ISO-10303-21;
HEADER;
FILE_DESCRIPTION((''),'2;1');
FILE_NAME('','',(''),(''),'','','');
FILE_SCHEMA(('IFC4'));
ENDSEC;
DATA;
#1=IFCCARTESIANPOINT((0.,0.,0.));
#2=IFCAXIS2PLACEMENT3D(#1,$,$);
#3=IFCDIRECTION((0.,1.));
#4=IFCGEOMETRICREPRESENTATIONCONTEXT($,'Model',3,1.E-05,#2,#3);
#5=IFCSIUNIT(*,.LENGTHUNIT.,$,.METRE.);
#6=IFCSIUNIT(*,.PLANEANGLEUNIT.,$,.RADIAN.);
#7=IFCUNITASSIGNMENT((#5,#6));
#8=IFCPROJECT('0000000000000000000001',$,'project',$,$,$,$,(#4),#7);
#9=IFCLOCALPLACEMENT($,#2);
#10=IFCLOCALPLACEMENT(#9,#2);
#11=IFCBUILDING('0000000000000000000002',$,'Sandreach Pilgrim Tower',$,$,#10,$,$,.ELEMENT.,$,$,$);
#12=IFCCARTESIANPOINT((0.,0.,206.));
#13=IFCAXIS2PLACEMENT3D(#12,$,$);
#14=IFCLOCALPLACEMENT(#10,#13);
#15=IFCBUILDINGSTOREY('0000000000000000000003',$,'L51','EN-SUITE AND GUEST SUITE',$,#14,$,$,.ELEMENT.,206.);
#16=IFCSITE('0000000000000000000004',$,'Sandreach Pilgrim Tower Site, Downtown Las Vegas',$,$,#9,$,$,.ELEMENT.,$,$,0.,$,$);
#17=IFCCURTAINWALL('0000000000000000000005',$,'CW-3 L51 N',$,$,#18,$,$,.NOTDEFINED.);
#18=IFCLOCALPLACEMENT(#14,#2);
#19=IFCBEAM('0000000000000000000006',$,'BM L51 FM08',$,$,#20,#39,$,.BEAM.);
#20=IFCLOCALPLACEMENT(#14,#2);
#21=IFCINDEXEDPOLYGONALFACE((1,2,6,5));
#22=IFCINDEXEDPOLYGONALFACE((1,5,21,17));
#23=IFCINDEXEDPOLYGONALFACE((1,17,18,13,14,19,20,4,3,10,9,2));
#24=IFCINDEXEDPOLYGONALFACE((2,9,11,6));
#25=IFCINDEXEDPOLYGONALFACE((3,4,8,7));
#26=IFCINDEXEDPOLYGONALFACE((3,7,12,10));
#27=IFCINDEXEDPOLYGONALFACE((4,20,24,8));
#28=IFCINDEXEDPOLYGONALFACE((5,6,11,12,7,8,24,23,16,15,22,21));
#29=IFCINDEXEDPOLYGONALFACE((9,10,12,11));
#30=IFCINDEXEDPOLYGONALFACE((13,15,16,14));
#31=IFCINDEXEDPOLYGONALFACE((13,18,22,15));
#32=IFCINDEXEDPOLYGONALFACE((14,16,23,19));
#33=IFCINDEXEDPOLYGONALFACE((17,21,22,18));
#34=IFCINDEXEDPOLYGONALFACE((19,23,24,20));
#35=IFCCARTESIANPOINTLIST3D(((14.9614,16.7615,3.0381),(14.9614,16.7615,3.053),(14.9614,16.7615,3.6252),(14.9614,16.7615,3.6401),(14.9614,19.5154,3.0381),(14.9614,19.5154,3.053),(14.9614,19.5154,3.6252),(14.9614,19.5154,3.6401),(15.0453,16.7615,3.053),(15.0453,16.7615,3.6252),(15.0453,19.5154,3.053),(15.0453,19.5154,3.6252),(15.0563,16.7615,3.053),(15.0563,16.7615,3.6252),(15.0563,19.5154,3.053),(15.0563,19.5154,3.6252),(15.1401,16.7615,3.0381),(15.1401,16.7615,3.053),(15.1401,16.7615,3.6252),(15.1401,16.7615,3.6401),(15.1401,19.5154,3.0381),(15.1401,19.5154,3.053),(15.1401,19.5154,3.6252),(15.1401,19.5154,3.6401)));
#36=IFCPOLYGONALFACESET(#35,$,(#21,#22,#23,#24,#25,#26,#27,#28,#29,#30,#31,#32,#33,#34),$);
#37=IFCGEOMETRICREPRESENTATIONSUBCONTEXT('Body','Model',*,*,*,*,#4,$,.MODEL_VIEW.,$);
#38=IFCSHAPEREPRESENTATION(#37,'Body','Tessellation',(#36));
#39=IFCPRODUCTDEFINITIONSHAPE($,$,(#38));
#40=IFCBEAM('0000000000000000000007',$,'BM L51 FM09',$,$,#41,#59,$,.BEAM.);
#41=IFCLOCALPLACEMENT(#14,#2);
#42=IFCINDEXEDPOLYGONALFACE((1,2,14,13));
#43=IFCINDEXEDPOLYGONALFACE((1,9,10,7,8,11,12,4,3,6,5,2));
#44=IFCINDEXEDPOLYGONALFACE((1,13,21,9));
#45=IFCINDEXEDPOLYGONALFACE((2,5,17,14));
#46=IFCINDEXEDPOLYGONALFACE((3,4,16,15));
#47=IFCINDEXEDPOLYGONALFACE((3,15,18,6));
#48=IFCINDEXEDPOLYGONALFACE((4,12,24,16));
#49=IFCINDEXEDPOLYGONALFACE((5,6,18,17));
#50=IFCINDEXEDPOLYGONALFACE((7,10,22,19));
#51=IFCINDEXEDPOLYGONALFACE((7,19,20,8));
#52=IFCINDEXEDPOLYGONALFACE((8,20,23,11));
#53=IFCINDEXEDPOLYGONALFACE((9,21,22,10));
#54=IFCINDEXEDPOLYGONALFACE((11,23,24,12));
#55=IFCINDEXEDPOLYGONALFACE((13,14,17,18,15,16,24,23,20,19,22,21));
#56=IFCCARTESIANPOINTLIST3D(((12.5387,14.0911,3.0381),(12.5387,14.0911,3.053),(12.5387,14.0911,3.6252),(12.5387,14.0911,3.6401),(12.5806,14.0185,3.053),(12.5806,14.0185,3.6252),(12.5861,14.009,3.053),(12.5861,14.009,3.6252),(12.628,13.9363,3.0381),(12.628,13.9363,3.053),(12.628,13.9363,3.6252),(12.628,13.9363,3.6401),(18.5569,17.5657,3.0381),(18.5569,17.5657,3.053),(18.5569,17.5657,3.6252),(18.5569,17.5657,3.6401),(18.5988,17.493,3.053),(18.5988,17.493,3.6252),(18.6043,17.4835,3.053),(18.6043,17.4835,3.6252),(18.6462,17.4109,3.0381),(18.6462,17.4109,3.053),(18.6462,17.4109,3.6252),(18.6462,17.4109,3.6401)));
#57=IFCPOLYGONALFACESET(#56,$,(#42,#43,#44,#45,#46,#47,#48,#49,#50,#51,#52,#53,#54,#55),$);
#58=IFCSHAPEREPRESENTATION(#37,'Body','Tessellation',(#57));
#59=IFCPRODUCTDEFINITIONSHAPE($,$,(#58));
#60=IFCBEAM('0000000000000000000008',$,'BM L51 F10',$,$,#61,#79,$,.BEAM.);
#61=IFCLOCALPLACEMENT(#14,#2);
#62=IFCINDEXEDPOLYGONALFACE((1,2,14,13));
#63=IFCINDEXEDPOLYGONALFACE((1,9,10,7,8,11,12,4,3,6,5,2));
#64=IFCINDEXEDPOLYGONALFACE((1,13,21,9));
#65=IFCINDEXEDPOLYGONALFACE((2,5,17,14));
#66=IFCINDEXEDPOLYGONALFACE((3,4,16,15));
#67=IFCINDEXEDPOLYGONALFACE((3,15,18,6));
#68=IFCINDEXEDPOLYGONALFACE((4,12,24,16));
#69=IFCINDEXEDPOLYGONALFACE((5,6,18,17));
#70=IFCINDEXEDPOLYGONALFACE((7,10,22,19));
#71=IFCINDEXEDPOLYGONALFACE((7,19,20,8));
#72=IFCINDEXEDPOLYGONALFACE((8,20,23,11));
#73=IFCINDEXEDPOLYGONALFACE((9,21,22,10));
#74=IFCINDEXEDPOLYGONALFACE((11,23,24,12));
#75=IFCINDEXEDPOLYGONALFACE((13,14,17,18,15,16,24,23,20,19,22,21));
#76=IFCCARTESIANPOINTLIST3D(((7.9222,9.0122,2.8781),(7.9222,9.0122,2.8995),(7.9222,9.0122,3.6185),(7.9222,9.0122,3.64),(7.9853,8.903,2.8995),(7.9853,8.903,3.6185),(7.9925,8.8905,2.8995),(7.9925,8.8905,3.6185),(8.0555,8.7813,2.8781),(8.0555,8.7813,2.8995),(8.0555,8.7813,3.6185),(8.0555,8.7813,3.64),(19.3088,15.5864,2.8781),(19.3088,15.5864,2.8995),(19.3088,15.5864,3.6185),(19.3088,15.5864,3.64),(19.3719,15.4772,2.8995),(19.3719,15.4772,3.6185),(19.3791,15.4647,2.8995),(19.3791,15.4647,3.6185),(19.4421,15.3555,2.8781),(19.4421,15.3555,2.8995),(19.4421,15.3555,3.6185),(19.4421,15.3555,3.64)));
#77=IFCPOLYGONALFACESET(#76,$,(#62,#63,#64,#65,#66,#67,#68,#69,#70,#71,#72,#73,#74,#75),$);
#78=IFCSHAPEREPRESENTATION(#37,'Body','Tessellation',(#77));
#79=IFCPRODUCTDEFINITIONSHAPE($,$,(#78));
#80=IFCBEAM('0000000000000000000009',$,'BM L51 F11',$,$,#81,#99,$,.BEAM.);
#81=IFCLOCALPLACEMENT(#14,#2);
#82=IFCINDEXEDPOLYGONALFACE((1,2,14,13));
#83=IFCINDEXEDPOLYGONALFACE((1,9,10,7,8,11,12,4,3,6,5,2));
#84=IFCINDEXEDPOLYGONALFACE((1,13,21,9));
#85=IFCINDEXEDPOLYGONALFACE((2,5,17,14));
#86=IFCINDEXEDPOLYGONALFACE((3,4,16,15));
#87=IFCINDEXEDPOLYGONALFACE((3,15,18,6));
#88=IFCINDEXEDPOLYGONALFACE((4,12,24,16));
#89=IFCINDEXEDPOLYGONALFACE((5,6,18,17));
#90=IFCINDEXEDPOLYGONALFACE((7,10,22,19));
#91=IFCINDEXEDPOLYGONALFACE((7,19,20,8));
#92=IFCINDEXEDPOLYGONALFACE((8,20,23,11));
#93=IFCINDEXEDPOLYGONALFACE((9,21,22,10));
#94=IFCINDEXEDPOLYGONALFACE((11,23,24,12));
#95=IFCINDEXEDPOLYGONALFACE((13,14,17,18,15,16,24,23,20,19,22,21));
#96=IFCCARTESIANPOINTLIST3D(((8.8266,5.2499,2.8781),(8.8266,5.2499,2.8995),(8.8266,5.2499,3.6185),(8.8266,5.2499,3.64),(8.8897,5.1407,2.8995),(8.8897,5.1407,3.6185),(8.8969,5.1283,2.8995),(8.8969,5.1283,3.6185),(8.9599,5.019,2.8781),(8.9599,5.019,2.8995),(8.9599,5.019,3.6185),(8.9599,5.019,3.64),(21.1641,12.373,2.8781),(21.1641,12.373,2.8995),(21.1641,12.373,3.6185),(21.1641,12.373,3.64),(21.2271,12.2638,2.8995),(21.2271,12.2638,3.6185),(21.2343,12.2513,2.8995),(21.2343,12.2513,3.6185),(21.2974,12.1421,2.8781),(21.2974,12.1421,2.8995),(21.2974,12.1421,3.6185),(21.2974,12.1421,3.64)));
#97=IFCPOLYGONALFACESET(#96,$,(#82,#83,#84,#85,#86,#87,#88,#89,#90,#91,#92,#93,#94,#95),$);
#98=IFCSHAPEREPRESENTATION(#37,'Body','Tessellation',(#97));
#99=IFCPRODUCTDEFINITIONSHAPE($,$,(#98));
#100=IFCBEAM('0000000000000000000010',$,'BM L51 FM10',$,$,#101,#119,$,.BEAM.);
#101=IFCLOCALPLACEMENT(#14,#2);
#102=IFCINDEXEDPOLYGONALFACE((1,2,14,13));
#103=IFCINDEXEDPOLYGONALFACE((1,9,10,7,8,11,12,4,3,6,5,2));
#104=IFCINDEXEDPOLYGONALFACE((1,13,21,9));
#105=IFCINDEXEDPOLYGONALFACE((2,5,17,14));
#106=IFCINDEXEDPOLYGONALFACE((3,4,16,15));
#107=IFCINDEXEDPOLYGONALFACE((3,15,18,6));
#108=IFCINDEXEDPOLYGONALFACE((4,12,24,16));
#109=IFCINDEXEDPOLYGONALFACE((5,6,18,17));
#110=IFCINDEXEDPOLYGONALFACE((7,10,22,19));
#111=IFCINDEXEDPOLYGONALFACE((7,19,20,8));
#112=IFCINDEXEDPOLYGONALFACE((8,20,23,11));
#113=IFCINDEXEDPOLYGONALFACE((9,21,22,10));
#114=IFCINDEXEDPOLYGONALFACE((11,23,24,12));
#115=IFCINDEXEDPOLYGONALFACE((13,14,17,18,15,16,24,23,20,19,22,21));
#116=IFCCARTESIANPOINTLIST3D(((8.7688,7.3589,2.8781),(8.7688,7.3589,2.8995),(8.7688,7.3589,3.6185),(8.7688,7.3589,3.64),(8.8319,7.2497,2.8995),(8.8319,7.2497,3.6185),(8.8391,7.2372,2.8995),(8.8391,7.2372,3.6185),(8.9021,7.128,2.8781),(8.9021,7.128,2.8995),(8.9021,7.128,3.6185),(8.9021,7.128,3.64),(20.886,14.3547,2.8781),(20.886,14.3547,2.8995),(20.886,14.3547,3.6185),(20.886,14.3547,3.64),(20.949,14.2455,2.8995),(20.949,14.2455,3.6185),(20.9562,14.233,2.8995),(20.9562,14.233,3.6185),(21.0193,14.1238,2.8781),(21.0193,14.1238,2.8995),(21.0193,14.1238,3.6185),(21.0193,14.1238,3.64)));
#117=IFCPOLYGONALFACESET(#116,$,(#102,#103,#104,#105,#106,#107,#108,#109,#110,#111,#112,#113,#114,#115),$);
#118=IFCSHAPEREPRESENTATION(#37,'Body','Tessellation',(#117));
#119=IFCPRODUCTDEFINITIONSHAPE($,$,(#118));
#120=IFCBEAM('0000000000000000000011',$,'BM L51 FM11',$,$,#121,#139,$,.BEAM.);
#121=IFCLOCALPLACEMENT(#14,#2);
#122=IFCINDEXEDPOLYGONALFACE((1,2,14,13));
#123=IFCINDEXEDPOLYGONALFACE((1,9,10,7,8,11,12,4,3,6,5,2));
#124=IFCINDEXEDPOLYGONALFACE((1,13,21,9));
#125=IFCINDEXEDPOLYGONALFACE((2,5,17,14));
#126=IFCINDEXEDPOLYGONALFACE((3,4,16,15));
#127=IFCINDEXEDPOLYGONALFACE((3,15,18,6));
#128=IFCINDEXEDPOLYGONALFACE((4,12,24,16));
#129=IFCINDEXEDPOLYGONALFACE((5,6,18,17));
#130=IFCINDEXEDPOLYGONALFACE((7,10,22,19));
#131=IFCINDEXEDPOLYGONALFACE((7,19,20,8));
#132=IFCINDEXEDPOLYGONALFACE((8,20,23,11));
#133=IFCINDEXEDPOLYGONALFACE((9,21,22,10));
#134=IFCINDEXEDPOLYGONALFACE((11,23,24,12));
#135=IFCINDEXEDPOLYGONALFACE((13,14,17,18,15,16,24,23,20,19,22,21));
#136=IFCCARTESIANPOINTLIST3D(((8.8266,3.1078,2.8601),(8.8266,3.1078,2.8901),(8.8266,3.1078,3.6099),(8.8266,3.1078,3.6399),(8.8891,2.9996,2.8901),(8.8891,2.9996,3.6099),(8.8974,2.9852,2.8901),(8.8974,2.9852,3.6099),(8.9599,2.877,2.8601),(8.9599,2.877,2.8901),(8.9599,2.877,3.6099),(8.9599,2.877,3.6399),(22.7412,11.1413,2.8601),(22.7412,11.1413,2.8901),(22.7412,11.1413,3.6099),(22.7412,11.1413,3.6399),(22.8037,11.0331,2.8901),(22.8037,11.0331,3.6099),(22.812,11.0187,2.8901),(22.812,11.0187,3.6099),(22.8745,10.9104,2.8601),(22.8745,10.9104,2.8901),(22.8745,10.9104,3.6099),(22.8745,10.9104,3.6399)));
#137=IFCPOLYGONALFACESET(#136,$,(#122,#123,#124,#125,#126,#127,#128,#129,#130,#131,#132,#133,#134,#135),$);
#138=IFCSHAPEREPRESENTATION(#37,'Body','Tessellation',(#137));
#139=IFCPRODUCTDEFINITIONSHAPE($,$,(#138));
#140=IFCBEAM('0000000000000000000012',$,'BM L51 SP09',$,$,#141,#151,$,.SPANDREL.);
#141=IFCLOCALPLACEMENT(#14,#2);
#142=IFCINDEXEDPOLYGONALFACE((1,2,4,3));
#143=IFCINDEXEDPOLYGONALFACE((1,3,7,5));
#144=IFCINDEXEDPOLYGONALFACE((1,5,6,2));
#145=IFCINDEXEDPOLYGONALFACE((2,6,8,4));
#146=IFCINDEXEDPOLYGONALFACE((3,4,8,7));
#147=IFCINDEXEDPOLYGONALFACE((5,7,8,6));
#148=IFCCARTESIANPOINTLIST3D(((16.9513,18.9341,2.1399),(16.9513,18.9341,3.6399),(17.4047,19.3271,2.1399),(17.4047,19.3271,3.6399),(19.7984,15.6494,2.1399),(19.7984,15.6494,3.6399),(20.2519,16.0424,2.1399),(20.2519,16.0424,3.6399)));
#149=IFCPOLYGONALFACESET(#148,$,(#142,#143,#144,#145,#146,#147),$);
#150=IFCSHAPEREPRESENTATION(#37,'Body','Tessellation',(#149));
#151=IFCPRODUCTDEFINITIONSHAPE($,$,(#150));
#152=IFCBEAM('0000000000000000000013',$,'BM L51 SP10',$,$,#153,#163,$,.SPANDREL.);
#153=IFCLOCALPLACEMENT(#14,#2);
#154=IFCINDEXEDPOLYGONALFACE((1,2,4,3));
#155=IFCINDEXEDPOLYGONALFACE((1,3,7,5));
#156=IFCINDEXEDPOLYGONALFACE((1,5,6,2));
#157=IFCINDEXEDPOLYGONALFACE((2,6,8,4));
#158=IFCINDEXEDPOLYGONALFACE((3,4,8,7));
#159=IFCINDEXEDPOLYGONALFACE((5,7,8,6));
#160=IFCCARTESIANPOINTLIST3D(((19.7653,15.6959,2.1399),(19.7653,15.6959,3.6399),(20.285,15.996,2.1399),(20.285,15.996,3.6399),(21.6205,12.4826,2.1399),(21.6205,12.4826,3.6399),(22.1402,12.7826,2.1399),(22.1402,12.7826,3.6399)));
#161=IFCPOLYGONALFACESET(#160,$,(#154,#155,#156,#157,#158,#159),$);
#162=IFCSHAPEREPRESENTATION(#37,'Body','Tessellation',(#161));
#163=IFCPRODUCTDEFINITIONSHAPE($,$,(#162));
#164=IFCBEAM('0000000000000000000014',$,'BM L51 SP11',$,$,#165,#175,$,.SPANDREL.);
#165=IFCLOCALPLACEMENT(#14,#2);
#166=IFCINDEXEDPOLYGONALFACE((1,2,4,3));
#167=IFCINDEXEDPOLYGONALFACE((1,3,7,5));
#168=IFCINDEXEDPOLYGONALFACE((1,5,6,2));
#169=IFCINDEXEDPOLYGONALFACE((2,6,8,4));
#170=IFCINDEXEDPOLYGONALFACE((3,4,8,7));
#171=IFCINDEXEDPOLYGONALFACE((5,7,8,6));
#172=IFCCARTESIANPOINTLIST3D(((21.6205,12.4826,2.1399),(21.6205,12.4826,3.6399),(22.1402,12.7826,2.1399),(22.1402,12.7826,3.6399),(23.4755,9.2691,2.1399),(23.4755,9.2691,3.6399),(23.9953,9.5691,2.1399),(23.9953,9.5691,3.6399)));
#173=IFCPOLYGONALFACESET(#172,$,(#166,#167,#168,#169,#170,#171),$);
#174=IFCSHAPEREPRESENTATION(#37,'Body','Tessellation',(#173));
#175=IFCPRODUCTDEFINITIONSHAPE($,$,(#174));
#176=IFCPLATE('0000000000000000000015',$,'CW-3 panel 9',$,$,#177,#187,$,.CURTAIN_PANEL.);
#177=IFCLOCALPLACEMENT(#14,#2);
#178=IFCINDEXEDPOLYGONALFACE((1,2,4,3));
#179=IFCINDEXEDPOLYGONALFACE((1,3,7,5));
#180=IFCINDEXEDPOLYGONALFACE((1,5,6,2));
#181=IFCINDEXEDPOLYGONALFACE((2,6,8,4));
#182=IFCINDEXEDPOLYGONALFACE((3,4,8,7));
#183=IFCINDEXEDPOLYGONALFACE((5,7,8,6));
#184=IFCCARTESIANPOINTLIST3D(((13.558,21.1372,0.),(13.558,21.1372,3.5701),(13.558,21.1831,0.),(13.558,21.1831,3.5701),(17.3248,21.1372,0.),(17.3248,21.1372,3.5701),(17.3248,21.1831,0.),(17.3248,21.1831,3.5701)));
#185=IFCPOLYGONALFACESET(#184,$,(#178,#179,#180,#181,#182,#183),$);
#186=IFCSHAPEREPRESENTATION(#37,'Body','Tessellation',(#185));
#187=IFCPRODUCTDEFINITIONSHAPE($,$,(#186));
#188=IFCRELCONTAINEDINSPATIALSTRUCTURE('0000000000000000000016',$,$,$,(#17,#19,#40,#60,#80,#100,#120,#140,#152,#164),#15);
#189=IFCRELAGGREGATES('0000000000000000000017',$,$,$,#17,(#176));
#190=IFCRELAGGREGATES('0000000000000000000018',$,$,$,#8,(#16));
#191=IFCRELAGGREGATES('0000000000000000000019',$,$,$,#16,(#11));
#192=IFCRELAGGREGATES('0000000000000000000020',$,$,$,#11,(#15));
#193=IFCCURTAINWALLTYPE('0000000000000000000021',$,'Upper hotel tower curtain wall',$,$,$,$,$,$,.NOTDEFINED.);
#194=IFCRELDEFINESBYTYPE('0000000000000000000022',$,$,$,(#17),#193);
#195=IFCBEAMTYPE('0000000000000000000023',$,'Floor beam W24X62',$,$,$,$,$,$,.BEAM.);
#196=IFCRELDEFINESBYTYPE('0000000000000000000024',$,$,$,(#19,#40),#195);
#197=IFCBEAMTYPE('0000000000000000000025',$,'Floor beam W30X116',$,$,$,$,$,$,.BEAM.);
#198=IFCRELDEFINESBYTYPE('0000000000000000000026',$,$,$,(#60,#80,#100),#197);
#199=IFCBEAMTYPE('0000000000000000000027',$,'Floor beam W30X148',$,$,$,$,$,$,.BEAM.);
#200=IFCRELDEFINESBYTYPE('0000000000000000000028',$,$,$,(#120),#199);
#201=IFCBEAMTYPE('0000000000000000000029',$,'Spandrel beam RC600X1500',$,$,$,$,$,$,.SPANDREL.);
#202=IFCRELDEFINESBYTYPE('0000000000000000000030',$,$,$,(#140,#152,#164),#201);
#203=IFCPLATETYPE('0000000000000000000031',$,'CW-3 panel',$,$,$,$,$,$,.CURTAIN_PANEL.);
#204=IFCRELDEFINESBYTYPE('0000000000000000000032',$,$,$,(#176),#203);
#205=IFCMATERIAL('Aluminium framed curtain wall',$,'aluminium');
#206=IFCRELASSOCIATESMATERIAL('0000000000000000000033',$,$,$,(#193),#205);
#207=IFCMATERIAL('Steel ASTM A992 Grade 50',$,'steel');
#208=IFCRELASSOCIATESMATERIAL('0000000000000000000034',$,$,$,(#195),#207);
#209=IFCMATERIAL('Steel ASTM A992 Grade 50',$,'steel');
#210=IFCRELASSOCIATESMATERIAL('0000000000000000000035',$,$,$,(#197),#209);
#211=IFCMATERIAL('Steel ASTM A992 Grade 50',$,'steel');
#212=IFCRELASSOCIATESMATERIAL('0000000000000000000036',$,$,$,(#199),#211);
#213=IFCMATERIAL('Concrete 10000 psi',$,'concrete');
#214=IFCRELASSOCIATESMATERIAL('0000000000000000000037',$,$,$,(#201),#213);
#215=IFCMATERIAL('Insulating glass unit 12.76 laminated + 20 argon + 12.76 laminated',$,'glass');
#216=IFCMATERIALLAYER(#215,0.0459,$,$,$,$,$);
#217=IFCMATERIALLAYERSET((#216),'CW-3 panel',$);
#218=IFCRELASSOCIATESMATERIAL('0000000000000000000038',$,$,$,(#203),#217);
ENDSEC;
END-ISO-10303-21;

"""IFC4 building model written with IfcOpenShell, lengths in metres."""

from ifc_helpers import new_model, si_unit, direction, frame, origin, origin_2d, place, context, subcontext, project, spatial, rectangle, i_section, extrude, material, layer, layer_set, material_profile, profile_set, type_object, element, aggregate, save


model = new_model("IFC4")

# Units and contexts
model_context = context("Model", 3, precision=1e-05, world=origin(), true_north=direction((0.0, 1.0)))
body_context = subcontext(model_context, "Body", "Model", "MODEL_VIEW")
ifc_project = project(units=[si_unit("LENGTHUNIT", "METRE"), si_unit("PLANEANGLEUNIT", "RADIAN")], contexts=[model_context])

# Site, building, storey
site_placement = place(None, origin())
site = spatial("IfcSite", under=ifc_project, at=site_placement, Name="Sandreach Pilgrim Tower Site, Downtown Las Vegas", CompositionType="ELEMENT", RefElevation=0.0)
building_placement = place(site_placement, origin())
building = spatial("IfcBuilding", under=site, at=building_placement, Name="Sandreach Pilgrim Tower", CompositionType="ELEMENT")
storey_placement = place(building_placement, frame((0.0, 0.0, 206.0)))
storey = spatial("IfcBuildingStorey", under=building, at=storey_placement, Name="L51", Description="EN-SUITE AND GUEST SUITE", CompositionType="ELEMENT", Elevation=206.0)

# Curtain wall
ifc_material_1 = material(Name="Aluminium framed curtain wall", Category="aluminium")
curtain_wall_type = type_object("IfcCurtainWallType", Name="Upper hotel tower curtain wall", PredefinedType="NOTDEFINED", material=ifc_material_1)
curtain_wall_1_placement = place(storey_placement, origin())
curtain_wall_1 = element("IfcCurtainWall", 1, at=curtain_wall_1_placement, inside=storey, type_object=curtain_wall_type, Name="CW-3 L51 N", PredefinedType="NOTDEFINED")

# Beams
ifc_material_2 = material(Name="Steel ASTM A992 Grade 50", Category="steel")
ifc_material_profile_1 = material_profile(ifc_material_2, i_section(OverallWidth=0.1787, OverallDepth=0.6021, WebThickness=0.011, FlangeThickness=0.0149, at=origin_2d()), Name="W24X62")
ifc_profile_set_1 = profile_set([ifc_material_profile_1], Name="Steel ASTM A992 Grade 50")
beam_type_1 = type_object("IfcBeamType", Name="Floor beam W24X62", PredefinedType="BEAM", material=ifc_profile_set_1)
beam_1_placement = place(storey_placement, frame((15.0508, 19.5154, 3.3391), z_axis=(0.0, -1.0, 0.0), x_axis=(1.0, 0.0, 0.0)))
element("IfcBeam", 2, at=beam_1_placement, inside=storey, type_object=beam_type_1, Name="BM L51 FM08", PredefinedType="BEAM", context=body_context, shape_type="SweptSolid", body=[
    extrude(i_section(OverallWidth=0.1787, OverallDepth=0.6021, WebThickness=0.011, FlangeThickness=0.0149, at=origin_2d()), origin(), (0.0, 0.0, 1.0), 2.7539),
])
beam_2_placement = place(storey_placement, frame((18.6016, 17.4883, 3.3391), z_axis=(-0.866029, -0.499993, 0.0), x_axis=(0.499993, -0.866029, 0.0)))
element("IfcBeam", 3, at=beam_2_placement, inside=storey, type_object=beam_type_1, Name="BM L51 FM09", PredefinedType="BEAM", context=body_context, shape_type="SweptSolid", body=[
    extrude(i_section(OverallWidth=0.1787, OverallDepth=0.6021, WebThickness=0.011, FlangeThickness=0.0149, at=origin_2d()), origin(), (0.0, 0.0, 1.0), 6.9492),
])
ifc_material_3 = material(Name="Steel ASTM A992 Grade 50", Category="steel")
ifc_material_profile_2 = material_profile(ifc_material_3, i_section(OverallWidth=0.2666, OverallDepth=0.762, WebThickness=0.0144, FlangeThickness=0.0215, at=origin_2d()), Name="W30X116")
ifc_profile_set_2 = profile_set([ifc_material_profile_2], Name="Steel ASTM A992 Grade 50")
beam_type_2 = type_object("IfcBeamType", Name="Floor beam W30X116", PredefinedType="BEAM", material=ifc_profile_set_2)
beam_3_placement = place(storey_placement, frame((19.3755, 15.4709, 3.259), z_axis=(-0.866022, -0.500005, 0.0), x_axis=(0.500005, -0.866022, 0.0)))
element("IfcBeam", 4, at=beam_3_placement, inside=storey, type_object=beam_type_2, Name="BM L51 F10", PredefinedType="BEAM", context=body_context, shape_type="SweptSolid", body=[
    extrude(i_section(OverallWidth=0.2666, OverallDepth=0.762, WebThickness=0.0144, FlangeThickness=0.0215, at=origin_2d()), origin(), (0.0, 0.0, 1.0), 13.1482),
])
beam_4_placement = place(storey_placement, frame((21.2307, 12.2576, 3.259), z_axis=(-0.866024, -0.500002, 0.0), x_axis=(0.500002, -0.866024, 0.0)))
element("IfcBeam", 5, at=beam_4_placement, inside=storey, type_object=beam_type_2, Name="BM L51 F11", PredefinedType="BEAM", context=body_context, shape_type="SweptSolid", body=[
    extrude(i_section(OverallWidth=0.2666, OverallDepth=0.762, WebThickness=0.0144, FlangeThickness=0.0215, at=origin_2d()), origin(), (0.0, 0.0, 1.0), 14.2461),
])
beam_5_placement = place(storey_placement, frame((20.9526, 14.2393, 3.259), z_axis=(-0.866026, -0.499999, 0.0), x_axis=(0.499999, -0.866026, 0.0)))
element("IfcBeam", 6, at=beam_5_placement, inside=storey, type_object=beam_type_2, Name="BM L51 FM10", PredefinedType="BEAM", context=body_context, shape_type="SweptSolid", body=[
    extrude(i_section(OverallWidth=0.2666, OverallDepth=0.762, WebThickness=0.0144, FlangeThickness=0.0215, at=origin_2d()), origin(), (0.0, 0.0, 1.0), 13.9917),
])
ifc_material_4 = material(Name="Steel ASTM A992 Grade 50", Category="steel")
ifc_material_profile_3 = material_profile(ifc_material_4, i_section(OverallWidth=0.2666, OverallDepth=0.7798, WebThickness=0.0166, FlangeThickness=0.03, at=origin_2d()), Name="W30X148")
ifc_profile_set_3 = profile_set([ifc_material_profile_3], Name="Steel ASTM A992 Grade 50")
beam_type_3 = type_object("IfcBeamType", Name="Floor beam W30X148", PredefinedType="BEAM", material=ifc_profile_set_3)
beam_6_placement = place(storey_placement, frame((22.8079, 11.0259, 3.25), z_axis=(-0.866029, -0.499994, 0.0), x_axis=(0.499994, -0.866029, 0.0)))
element("IfcBeam", 7, at=beam_6_placement, inside=storey, type_object=beam_type_3, Name="BM L51 FM11", PredefinedType="BEAM", context=body_context, shape_type="SweptSolid", body=[
    extrude(i_section(OverallWidth=0.2666, OverallDepth=0.7798, WebThickness=0.0166, FlangeThickness=0.03, at=origin_2d()), origin(), (0.0, 0.0, 1.0), 16.0671),
])
ifc_material_5 = material(Name="Concrete 10000 psi", Category="concrete")
ifc_material_profile_4 = material_profile(ifc_material_5, rectangle(XDim=0.6001, YDim=1.5, at=origin_2d()), Name="RC600X1500")
ifc_profile_set_4 = profile_set([ifc_material_profile_4], Name="Concrete 10000 psi")
beam_type_4 = type_object("IfcBeamType", Name="Spandrel beam RC600X1500", PredefinedType="SPANDREL", material=ifc_profile_set_4)
beam_7_placement = place(storey_placement, frame((17.178, 19.1306, 2.8899), z_axis=(0.65499, -0.755637, 0.0), x_axis=(0.755637, 0.65499, 0.0)))
element("IfcBeam", 8, at=beam_7_placement, inside=storey, type_object=beam_type_4, Name="BM L51 SP09", PredefinedType="SPANDREL", context=body_context, shape_type="SweptSolid", body=[
    extrude(rectangle(XDim=0.6001, YDim=1.5, at=origin_2d()), origin(), (0.0, 0.0, 1.0), 4.3469),
])
for number, where, z_axis, x_axis, name in (
    (9, (20.0251, 15.8459, 2.8899), (0.499996, -0.866028, 0.0), (0.866028, 0.499996, 0.0), "BM L51 SP10"),
    (10, (21.8804, 12.6326, 2.8899), (0.499946, -0.866056, 0.0), (0.866056, 0.499946, 0.0), "BM L51 SP11"),
):
    element("IfcBeam", number, at=place(storey_placement, frame(where, z_axis=z_axis, x_axis=x_axis)), inside=storey, type_object=beam_type_4, Name=name, PredefinedType="SPANDREL", context=body_context, shape_type="SweptSolid", body=[
        extrude(rectangle(XDim=0.6001, YDim=1.5, at=origin_2d()), origin(), (0.0, 0.0, 1.0), 3.7104),
    ])

# Plate
ifc_material_6 = material(Name="Insulating glass unit 12.76 laminated + 20 argon + 12.76 laminated", Category="glass")
ifc_layer_1 = layer(ifc_material_6, 0.0459)
ifc_layer_set_1 = layer_set([ifc_layer_1], Name="CW-3 panel")
plate_type = type_object("IfcPlateType", Name="CW-3 panel", PredefinedType="CURTAIN_PANEL", material=ifc_layer_set_1)
plate_1_placement = place(storey_placement, frame((15.4414, 21.1602, 0.0), z_axis=(0.0, 0.0, 1.0), x_axis=(1.0, 0.0, 0.0)))
plate_1 = element("IfcPlate", 11, at=plate_1_placement, type_object=plate_type, Name="CW-3 panel 9", PredefinedType="CURTAIN_PANEL", context=body_context, shape_type="SweptSolid", body=[
    extrude(rectangle(XDim=3.7668, YDim=0.0459, at=origin_2d()), origin(), (0.0, 0.0, 1.0), 3.5701),
])
aggregate(curtain_wall_1, [plate_1])

save(model, "model.ifc")
